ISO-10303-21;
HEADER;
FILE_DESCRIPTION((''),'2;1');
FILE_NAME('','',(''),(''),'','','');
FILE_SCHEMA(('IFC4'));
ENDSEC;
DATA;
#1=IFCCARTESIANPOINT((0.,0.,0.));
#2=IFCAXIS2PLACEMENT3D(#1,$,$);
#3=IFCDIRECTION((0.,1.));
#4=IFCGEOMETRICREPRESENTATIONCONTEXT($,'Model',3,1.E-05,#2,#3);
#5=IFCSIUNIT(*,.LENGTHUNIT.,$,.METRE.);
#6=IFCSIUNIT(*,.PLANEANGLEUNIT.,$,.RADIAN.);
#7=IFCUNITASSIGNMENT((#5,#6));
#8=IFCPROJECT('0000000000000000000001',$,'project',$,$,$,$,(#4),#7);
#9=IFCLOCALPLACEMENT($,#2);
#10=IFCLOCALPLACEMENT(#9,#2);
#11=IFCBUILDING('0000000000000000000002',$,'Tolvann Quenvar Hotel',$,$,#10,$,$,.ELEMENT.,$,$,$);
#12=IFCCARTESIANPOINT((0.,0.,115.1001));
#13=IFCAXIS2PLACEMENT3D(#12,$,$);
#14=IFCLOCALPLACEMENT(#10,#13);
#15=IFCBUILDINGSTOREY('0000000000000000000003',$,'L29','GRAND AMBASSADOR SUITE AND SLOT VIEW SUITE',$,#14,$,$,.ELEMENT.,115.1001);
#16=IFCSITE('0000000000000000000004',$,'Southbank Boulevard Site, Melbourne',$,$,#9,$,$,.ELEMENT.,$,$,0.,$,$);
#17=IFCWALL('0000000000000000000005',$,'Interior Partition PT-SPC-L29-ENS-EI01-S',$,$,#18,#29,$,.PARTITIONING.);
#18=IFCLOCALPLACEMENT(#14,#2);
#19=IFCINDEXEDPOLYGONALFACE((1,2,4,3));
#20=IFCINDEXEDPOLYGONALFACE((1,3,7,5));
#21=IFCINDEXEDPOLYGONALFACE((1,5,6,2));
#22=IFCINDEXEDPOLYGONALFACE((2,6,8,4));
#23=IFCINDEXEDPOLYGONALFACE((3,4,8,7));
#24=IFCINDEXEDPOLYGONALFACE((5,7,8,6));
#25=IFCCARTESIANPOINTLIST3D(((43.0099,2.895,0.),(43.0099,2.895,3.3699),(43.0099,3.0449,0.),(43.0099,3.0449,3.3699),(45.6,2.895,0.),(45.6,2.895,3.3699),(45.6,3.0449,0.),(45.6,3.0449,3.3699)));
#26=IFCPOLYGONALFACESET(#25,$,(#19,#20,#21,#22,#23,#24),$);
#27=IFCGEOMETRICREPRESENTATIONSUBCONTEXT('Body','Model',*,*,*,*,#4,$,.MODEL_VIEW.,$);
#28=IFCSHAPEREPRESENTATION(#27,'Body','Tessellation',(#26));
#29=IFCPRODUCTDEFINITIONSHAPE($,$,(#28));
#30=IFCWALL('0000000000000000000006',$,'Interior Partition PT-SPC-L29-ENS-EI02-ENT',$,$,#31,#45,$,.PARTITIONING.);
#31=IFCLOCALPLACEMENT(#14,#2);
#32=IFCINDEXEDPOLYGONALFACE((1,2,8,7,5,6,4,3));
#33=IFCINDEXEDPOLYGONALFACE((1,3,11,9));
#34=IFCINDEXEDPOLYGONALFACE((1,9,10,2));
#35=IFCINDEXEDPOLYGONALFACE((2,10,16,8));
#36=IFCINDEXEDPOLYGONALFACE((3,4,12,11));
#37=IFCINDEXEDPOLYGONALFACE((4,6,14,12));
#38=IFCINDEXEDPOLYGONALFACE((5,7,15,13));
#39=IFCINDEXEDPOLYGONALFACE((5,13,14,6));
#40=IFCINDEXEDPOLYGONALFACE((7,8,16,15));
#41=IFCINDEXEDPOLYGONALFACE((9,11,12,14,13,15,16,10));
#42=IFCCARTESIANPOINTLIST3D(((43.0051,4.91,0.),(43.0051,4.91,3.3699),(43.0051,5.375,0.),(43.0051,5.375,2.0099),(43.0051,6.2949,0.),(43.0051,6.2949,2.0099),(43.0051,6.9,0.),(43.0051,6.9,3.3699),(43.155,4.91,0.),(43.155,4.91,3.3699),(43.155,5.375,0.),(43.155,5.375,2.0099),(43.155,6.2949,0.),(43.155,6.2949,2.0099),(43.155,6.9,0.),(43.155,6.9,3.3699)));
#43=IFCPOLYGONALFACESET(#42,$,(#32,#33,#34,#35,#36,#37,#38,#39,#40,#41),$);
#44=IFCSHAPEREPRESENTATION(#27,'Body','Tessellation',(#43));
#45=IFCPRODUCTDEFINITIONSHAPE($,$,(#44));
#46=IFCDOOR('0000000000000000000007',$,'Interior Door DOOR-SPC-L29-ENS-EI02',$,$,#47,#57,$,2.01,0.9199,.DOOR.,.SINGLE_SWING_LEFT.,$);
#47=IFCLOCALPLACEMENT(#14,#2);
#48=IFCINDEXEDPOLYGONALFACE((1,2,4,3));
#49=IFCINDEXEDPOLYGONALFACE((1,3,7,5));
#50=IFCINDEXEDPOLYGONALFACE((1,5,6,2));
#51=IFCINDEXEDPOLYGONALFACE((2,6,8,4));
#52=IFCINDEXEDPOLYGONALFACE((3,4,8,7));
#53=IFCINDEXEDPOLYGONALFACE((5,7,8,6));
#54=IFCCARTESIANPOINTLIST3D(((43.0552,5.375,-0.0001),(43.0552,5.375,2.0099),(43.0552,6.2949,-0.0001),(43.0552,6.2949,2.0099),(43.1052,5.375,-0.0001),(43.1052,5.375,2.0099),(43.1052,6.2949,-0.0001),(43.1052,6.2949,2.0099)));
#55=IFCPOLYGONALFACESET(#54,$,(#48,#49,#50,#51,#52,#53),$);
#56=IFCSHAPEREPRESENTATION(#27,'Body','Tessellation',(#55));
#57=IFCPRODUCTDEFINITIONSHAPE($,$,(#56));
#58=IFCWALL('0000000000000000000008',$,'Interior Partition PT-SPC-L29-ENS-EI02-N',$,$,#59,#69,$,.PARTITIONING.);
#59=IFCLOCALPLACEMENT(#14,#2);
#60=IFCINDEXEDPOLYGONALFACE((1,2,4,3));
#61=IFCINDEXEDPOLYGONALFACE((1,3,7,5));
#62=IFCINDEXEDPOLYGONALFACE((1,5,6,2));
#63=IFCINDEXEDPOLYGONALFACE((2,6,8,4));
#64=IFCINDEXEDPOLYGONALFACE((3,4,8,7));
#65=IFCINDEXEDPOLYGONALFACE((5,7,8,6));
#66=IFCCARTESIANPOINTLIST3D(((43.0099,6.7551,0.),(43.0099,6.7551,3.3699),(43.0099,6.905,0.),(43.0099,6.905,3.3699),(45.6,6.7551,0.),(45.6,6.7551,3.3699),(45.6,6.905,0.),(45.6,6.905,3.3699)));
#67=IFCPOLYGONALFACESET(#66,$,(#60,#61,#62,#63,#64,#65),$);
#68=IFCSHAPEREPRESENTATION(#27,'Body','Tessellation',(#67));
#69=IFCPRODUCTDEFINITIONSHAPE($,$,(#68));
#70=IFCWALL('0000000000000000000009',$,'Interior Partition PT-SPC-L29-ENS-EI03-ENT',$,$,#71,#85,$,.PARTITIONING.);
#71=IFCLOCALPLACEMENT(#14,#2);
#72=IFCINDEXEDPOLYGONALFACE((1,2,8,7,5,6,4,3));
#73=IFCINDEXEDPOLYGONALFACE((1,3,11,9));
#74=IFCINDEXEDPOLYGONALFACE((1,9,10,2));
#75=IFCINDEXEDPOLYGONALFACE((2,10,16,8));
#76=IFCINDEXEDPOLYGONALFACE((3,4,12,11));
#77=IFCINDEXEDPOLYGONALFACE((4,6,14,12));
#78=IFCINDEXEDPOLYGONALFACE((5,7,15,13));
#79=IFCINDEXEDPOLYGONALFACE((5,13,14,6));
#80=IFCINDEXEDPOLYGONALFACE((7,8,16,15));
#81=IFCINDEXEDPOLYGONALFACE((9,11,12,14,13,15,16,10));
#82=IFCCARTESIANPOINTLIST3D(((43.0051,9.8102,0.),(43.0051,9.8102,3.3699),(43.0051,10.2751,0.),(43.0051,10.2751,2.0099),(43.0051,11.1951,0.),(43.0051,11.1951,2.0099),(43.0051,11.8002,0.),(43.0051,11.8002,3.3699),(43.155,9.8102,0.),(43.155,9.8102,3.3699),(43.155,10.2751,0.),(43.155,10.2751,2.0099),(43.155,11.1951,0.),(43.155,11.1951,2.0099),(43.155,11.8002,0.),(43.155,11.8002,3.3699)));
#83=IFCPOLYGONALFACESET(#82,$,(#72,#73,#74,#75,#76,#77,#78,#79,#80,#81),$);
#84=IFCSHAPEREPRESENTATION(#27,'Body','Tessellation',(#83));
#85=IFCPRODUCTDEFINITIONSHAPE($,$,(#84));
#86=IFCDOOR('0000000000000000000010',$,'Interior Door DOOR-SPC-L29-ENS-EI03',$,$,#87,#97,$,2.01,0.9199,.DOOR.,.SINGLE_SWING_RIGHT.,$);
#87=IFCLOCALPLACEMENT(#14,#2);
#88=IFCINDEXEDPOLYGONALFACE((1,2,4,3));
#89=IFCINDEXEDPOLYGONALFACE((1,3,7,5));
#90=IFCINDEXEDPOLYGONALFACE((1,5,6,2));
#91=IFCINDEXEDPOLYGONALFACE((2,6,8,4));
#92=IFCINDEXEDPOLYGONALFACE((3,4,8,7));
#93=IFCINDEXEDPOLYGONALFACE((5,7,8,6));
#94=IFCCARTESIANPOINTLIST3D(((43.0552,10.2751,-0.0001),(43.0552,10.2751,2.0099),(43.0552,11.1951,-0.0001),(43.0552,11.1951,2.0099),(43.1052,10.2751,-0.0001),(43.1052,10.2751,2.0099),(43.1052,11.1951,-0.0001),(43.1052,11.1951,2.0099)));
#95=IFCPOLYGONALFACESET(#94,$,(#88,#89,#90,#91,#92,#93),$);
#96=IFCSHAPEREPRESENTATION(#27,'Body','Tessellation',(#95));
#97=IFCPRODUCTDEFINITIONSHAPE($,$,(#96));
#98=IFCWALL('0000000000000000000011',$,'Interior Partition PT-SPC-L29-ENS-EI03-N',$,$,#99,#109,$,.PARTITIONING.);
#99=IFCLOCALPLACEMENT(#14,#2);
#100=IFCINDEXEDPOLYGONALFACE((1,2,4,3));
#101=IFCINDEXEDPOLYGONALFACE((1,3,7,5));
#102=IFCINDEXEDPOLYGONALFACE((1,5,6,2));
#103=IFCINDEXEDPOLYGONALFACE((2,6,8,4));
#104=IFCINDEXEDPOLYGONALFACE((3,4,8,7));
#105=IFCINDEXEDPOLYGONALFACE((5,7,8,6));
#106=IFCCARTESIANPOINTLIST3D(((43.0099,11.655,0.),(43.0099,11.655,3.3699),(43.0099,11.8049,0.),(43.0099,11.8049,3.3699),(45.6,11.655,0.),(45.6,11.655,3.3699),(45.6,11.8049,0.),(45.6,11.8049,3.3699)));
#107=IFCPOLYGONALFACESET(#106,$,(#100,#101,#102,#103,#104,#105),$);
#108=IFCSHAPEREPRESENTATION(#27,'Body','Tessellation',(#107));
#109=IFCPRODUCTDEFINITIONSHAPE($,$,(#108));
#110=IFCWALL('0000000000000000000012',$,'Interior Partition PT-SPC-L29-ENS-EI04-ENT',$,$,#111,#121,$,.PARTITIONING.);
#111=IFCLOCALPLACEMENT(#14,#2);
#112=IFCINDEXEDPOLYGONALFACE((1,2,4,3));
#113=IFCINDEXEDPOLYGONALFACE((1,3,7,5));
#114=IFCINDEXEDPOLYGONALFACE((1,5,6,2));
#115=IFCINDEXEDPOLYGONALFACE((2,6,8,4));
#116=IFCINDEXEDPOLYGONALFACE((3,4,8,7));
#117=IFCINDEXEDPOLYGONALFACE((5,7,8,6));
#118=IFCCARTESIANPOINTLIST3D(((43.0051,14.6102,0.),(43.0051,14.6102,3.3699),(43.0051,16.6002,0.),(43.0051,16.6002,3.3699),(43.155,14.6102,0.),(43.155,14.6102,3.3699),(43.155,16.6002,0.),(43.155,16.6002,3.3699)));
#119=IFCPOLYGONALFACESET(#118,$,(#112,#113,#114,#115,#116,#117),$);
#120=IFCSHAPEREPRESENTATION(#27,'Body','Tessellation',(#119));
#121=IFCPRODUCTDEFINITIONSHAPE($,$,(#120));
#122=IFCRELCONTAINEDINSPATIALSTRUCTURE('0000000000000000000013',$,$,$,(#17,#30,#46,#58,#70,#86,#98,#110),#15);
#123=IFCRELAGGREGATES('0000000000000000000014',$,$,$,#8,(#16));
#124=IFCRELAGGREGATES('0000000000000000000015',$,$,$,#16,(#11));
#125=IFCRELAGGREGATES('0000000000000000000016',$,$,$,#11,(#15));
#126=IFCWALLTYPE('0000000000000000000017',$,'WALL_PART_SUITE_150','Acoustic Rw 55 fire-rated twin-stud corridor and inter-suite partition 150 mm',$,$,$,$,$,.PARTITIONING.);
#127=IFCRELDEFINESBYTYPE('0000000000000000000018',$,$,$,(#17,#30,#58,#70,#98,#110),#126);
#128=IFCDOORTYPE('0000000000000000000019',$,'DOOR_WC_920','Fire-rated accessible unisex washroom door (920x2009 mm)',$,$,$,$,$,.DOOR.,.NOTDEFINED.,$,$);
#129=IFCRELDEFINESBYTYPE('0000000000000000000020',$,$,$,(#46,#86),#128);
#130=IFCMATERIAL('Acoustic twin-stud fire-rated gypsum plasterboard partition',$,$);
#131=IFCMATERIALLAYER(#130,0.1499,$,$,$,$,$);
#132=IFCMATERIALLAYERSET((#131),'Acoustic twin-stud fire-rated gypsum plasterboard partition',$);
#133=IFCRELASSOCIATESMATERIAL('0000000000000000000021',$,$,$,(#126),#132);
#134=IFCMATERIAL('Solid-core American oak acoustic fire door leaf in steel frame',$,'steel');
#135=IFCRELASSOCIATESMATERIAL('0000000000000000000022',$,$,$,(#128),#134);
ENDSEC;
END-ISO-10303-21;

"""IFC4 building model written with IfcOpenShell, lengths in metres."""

from ifc_helpers import new_model, si_unit, direction, frame, frame_2d, origin, place, context, subcontext, project, spatial, rectangle, extrude, source, transform, mapped, material, layer, layer_set, type_object, type_shapes, element, fill, save


model = new_model("IFC4")

# Units and contexts
model_context = context("Model", 3, precision=1e-05, world=origin(), true_north=direction((0.0, 1.0)))
body_context = subcontext(model_context, "Body", "Model", "MODEL_VIEW")
ifc_project = project(units=[si_unit("LENGTHUNIT", "METRE"), si_unit("PLANEANGLEUNIT", "RADIAN")], contexts=[model_context])

# Site, building, storey
site_placement = place(None, origin())
site = spatial("IfcSite", under=ifc_project, at=site_placement, Name="Southbank Boulevard Site, Melbourne", CompositionType="ELEMENT", RefElevation=0.0)
building_placement = place(site_placement, origin())
building = spatial("IfcBuilding", under=site, at=building_placement, Name="Tolvann Quenvar Hotel", CompositionType="ELEMENT")
storey_placement = place(building_placement, frame((0.0, 0.0, 115.1001)))
storey = spatial("IfcBuildingStorey", under=building, at=storey_placement, Name="L29", Description="GRAND AMBASSADOR SUITE AND SLOT VIEW SUITE", CompositionType="ELEMENT", Elevation=115.1001)

# Shared definitions
ifc_material_1 = material(Name="Acoustic twin-stud fire-rated gypsum plasterboard partition")
ifc_layer_1 = layer(ifc_material_1, 0.1499)
ifc_layer_set_1 = layer_set([ifc_layer_1], Name="Acoustic twin-stud fire-rated gypsum plasterboard partition")
wall_type_1 = type_object("IfcWallType", Name="WALL_PART_SUITE_150", Description="Acoustic Rw 55 fire-rated twin-stud corridor and inter-suite partition 150 mm", PredefinedType="PARTITIONING", material=ifc_layer_set_1)
ifc_material_2 = material(Name="Solid-core American oak acoustic fire door leaf in steel frame", Category="steel")
door_type_1 = type_object("IfcDoorType", Name="DOOR_WC_920", Description="Fire-rated accessible unisex washroom door (920x2009 mm)", OperationType="NOTDEFINED", PredefinedType="DOOR", material=ifc_material_2)
shared_shape_1 = source(origin(), body_context, "Body", "SweptSolid", [
    extrude(rectangle(XDim=0.9199, YDim=2.01, at=frame_2d((0.46, 1.0049))), frame((0.0, 0.0249, 0.0), z_axis=(0.0, -1.0, 0.0), x_axis=(1.0, 0.0, 0.0)), (0.0, 0.0, 1.0), 0.05),
])
type_shapes(door_type_1, [shared_shape_1])

# Wall
wall_1_placement = place(storey_placement, frame((43.01, 2.97, 0.0), z_axis=(0.0, 0.0, 1.0), x_axis=(1.0, 0.0, 0.0)))
element("IfcWall", 1, at=wall_1_placement, inside=storey, type_object=wall_type_1, Name="Interior Partition PT-SPC-L29-ENS-EI01-S", PredefinedType="PARTITIONING", context=body_context, shape_type="SweptSolid", body=[
    extrude(rectangle(XDim=2.5901, YDim=0.1499, at=frame_2d((1.2949, 0.0))), origin(), (0.0, 0.0, 1.0), 3.3699),
])

# Wall, opening, door
wall_2_placement = place(storey_placement, frame((43.0801, 4.9099, 0.0), z_axis=(0.0, 0.0, 1.0), x_axis=(0.0, 1.0, 0.0)))
wall_2 = element("IfcWall", 2, at=wall_2_placement, inside=storey, type_object=wall_type_1, Name="Interior Partition PT-SPC-L29-ENS-EI02-ENT", PredefinedType="PARTITIONING", context=body_context, shape_type="SweptSolid", body=[
    extrude(rectangle(XDim=1.99, YDim=0.1499, at=frame_2d((0.9951, 0.0))), origin(), (0.0, 0.0, 1.0), 3.3699),
])
opening_1_placement = place(wall_2_placement, frame((0.4651, 0.0, 0.0)))
opening_1 = element("IfcOpeningElement", 3, at=opening_1_placement, cuts=wall_2, PredefinedType="OPENING", context=body_context, shape_type="SweptSolid", body=[
    extrude(rectangle(XDim=0.9199, YDim=2.01, at=frame_2d((0.46, 1.0049))), frame((0.0, 0.085, 0.0), z_axis=(0.0, -1.0, 0.0), x_axis=(1.0, 0.0, 0.0)), (0.0, 0.0, 1.0), 0.1699),
])
door_1_placement = place(opening_1_placement, origin())
door_1 = element("IfcDoor", 4, at=door_1_placement, inside=storey, type_object=door_type_1, Name="Interior Door DOOR-SPC-L29-ENS-EI02", OperationType="SINGLE_SWING_LEFT", OverallHeight=2.01, OverallWidth=0.9199, PredefinedType="DOOR", context=body_context, shape_type="MappedRepresentation", body=[
    mapped(shared_shape_1, transform((0.0, 0.0, 0.0), x_axis=(1.0, 0.0, 0.0), y_axis=(0.0, 1.0, 0.0), z_axis=(0.0, 0.0, 1.0), scale=1.0)),
])
fill(opening_1, door_1)

# Wall
wall_3_placement = place(storey_placement, frame((43.01, 6.8301, 0.0), z_axis=(0.0, 0.0, 1.0), x_axis=(1.0, 0.0, 0.0)))
element("IfcWall", 5, at=wall_3_placement, inside=storey, type_object=wall_type_1, Name="Interior Partition PT-SPC-L29-ENS-EI02-N", PredefinedType="PARTITIONING", context=body_context, shape_type="SweptSolid", body=[
    extrude(rectangle(XDim=2.5901, YDim=0.1499, at=frame_2d((1.2949, 0.0))), origin(), (0.0, 0.0, 1.0), 3.3699),
])

# Wall, opening, door
wall_4_placement = place(storey_placement, frame((43.0801, 9.8101, 0.0), z_axis=(0.0, 0.0, 1.0), x_axis=(0.0, 1.0, 0.0)))
wall_4 = element("IfcWall", 6, at=wall_4_placement, inside=storey, type_object=wall_type_1, Name="Interior Partition PT-SPC-L29-ENS-EI03-ENT", PredefinedType="PARTITIONING", context=body_context, shape_type="SweptSolid", body=[
    extrude(rectangle(XDim=1.99, YDim=0.1499, at=frame_2d((0.9951, 0.0))), origin(), (0.0, 0.0, 1.0), 3.3699),
])
opening_2_placement = place(wall_4_placement, frame((0.4651, 0.0, 0.0)))
opening_2 = element("IfcOpeningElement", 7, at=opening_2_placement, cuts=wall_4, PredefinedType="OPENING", context=body_context, shape_type="SweptSolid", body=[
    extrude(rectangle(XDim=0.9199, YDim=2.01, at=frame_2d((0.46, 1.0049))), frame((0.0, 0.085, 0.0), z_axis=(0.0, -1.0, 0.0), x_axis=(1.0, 0.0, 0.0)), (0.0, 0.0, 1.0), 0.1699),
])
door_2_placement = place(opening_2_placement, origin())
door_2 = element("IfcDoor", 8, at=door_2_placement, inside=storey, type_object=door_type_1, Name="Interior Door DOOR-SPC-L29-ENS-EI03", OperationType="SINGLE_SWING_RIGHT", OverallHeight=2.01, OverallWidth=0.9199, PredefinedType="DOOR", context=body_context, shape_type="MappedRepresentation", body=[
    mapped(shared_shape_1, transform((0.0, 0.0, 0.0), x_axis=(1.0, 0.0, 0.0), y_axis=(0.0, 1.0, 0.0), z_axis=(0.0, 0.0, 1.0), scale=1.0)),
])
fill(opening_2, door_2)

# Walls
wall_5_placement = place(storey_placement, frame((43.01, 11.73, 0.0), z_axis=(0.0, 0.0, 1.0), x_axis=(1.0, 0.0, 0.0)))
element("IfcWall", 9, at=wall_5_placement, inside=storey, type_object=wall_type_1, Name="Interior Partition PT-SPC-L29-ENS-EI03-N", PredefinedType="PARTITIONING", context=body_context, shape_type="SweptSolid", body=[
    extrude(rectangle(XDim=2.5901, YDim=0.1499, at=frame_2d((1.2949, 0.0))), origin(), (0.0, 0.0, 1.0), 3.3699),
])
wall_6_placement = place(storey_placement, frame((43.0801, 14.6101, 0.0), z_axis=(0.0, 0.0, 1.0), x_axis=(0.0, 1.0, 0.0)))
element("IfcWall", 10, at=wall_6_placement, inside=storey, type_object=wall_type_1, Name="Interior Partition PT-SPC-L29-ENS-EI04-ENT", PredefinedType="PARTITIONING", context=body_context, shape_type="SweptSolid", body=[
    extrude(rectangle(XDim=1.99, YDim=0.1499, at=frame_2d((0.9951, 0.0))), origin(), (0.0, 0.0, 1.0), 3.3699),
])

save(model, "model.ifc")
